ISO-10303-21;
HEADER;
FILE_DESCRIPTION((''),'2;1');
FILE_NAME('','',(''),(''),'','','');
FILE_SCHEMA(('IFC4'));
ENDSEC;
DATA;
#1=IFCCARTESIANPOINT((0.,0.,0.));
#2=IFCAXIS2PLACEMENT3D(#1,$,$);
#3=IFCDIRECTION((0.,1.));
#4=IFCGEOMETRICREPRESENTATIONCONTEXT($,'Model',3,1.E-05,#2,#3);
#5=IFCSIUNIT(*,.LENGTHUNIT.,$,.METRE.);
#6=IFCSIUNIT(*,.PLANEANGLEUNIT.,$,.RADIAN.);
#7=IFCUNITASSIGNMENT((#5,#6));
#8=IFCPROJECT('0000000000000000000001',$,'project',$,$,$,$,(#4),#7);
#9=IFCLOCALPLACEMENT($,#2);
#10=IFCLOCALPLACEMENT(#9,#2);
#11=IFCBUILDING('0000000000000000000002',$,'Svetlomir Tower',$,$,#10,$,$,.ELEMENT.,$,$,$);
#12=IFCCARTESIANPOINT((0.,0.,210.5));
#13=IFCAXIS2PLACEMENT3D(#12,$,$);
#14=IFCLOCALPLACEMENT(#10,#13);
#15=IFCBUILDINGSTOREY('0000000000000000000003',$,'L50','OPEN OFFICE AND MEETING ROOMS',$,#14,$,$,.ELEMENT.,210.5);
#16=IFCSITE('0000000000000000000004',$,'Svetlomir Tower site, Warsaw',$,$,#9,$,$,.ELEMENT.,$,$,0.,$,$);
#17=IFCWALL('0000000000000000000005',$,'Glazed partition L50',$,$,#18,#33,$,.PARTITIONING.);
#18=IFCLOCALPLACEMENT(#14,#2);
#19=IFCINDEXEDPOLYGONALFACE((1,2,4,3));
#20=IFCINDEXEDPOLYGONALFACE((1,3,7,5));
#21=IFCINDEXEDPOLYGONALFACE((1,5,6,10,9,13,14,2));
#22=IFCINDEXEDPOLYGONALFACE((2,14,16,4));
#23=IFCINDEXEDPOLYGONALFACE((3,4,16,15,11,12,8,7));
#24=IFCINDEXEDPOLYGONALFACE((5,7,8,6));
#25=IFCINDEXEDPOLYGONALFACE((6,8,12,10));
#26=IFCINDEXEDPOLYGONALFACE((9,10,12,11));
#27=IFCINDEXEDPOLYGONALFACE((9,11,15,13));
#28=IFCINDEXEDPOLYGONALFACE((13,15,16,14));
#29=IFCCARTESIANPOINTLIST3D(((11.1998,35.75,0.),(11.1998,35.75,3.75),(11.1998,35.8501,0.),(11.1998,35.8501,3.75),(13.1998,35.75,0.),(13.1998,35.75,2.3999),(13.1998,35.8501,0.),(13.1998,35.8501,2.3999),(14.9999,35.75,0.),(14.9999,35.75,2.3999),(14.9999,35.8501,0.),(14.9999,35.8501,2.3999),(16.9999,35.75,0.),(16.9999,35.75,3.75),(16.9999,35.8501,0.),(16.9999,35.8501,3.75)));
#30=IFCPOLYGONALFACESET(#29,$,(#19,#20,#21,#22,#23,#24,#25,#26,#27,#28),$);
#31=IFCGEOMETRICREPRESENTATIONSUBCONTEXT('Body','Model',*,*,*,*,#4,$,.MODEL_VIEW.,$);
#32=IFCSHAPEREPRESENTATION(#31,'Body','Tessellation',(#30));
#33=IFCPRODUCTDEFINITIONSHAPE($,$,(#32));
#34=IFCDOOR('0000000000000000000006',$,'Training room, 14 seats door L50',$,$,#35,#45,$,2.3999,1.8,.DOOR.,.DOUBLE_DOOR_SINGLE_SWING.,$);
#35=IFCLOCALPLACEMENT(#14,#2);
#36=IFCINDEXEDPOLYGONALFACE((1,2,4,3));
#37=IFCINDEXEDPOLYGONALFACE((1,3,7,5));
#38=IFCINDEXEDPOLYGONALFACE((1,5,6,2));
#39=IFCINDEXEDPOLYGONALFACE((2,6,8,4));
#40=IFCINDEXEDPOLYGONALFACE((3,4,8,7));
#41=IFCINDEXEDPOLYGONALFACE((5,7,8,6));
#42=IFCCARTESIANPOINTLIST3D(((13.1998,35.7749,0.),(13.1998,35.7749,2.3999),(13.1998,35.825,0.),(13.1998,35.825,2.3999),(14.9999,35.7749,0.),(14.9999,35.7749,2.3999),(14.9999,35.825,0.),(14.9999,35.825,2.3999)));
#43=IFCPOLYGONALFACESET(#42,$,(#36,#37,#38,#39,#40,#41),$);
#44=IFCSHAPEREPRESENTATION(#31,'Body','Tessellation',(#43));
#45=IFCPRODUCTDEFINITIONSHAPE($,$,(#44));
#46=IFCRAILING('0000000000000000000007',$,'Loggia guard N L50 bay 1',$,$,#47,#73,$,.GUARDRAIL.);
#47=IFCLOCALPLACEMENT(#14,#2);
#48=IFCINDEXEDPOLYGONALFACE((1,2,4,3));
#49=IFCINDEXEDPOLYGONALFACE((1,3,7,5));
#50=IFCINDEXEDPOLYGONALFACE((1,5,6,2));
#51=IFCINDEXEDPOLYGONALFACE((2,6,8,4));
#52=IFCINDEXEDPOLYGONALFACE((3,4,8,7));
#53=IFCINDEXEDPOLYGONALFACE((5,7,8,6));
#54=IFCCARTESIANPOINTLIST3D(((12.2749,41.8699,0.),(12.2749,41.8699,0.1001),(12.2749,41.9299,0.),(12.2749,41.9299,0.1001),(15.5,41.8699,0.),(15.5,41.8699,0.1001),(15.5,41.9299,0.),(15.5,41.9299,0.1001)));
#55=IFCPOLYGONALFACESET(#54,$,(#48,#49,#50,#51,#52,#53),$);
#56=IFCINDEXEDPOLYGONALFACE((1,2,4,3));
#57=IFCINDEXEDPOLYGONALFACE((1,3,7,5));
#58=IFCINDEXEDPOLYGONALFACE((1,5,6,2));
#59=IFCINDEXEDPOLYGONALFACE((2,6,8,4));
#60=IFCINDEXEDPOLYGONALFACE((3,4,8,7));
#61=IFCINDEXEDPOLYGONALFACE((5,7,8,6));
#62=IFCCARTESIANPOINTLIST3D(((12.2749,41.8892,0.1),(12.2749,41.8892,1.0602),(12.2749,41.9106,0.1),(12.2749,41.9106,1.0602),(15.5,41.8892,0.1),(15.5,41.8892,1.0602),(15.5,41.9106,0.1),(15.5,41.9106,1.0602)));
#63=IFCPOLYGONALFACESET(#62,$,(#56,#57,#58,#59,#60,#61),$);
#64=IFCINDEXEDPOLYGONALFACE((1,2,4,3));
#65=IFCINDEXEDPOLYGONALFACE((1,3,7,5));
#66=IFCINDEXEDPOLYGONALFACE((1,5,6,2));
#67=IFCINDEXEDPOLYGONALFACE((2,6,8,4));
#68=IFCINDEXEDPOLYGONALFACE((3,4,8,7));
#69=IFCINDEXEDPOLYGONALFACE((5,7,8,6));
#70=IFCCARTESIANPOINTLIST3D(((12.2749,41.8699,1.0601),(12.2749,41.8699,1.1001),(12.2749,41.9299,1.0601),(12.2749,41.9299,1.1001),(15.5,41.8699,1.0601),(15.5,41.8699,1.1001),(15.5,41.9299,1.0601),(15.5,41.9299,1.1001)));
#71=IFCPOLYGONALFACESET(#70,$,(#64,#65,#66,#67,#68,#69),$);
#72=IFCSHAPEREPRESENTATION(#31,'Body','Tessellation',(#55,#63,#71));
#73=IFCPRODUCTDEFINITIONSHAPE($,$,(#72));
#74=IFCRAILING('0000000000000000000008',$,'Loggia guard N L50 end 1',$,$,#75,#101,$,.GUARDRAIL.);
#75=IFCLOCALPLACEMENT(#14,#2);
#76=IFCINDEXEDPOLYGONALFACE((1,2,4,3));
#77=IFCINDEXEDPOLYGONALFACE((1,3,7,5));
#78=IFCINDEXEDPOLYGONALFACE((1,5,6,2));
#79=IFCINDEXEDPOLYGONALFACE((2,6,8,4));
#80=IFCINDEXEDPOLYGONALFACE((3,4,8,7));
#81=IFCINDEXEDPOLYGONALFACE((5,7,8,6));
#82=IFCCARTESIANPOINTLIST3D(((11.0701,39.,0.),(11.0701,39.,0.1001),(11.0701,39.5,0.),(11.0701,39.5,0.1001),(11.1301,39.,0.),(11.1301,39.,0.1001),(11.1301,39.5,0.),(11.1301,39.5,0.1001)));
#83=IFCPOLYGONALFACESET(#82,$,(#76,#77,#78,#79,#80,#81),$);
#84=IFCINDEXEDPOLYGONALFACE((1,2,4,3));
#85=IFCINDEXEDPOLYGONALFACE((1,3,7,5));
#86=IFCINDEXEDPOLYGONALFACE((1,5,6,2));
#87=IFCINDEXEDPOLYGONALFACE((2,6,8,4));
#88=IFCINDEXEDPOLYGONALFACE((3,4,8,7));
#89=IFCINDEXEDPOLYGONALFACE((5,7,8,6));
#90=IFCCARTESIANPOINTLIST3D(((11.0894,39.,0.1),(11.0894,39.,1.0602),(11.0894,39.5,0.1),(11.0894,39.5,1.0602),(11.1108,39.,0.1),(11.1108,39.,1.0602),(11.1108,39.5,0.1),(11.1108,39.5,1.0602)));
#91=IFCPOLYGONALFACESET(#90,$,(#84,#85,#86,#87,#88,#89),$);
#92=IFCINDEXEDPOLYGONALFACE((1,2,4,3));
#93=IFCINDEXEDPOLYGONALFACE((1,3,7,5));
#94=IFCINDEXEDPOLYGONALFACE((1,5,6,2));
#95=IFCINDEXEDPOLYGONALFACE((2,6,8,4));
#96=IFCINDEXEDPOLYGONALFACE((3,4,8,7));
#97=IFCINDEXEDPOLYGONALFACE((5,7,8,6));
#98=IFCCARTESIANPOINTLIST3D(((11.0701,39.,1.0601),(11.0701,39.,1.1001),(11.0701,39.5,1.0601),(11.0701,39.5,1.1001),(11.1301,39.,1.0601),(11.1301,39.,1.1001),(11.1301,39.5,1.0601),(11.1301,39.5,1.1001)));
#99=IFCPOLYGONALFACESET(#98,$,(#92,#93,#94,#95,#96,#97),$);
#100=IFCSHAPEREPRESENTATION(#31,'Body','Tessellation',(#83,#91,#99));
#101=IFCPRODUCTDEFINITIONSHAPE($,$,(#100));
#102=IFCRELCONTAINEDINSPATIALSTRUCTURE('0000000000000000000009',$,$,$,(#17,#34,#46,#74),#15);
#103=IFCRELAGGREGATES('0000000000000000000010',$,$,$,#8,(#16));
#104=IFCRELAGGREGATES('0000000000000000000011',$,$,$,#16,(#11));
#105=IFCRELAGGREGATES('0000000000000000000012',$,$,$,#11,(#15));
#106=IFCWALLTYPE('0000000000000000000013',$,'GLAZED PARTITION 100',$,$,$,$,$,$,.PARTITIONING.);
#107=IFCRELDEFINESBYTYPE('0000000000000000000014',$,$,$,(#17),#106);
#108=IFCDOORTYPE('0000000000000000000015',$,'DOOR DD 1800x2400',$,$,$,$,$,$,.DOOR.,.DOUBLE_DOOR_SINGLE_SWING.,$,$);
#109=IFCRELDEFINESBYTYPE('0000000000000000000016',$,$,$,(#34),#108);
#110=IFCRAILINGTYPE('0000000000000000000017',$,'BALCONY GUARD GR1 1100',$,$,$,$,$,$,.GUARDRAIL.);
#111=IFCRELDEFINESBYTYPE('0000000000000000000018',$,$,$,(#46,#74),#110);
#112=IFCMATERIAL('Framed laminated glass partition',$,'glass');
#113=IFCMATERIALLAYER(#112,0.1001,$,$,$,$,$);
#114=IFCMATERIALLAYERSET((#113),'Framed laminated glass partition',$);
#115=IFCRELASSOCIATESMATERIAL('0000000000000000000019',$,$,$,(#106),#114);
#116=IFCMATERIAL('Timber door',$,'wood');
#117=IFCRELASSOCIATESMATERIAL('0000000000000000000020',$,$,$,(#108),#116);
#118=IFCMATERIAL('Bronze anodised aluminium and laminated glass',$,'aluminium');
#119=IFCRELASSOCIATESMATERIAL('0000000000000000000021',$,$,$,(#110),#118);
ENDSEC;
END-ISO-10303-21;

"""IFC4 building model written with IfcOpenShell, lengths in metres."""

from ifc_helpers import new_model, si_unit, direction, frame, frame_2d, origin, origin_2d, place, context, subcontext, project, spatial, rectangle, extrude, material, layer, layer_set, type_object, element, fill, save


model = new_model("IFC4")

# Units and contexts
model_context = context("Model", 3, precision=1e-05, world=origin(), true_north=direction((0.0, 1.0)))
body_context = subcontext(model_context, "Body", "Model", "MODEL_VIEW")
ifc_project = project(units=[si_unit("LENGTHUNIT", "METRE"), si_unit("PLANEANGLEUNIT", "RADIAN")], contexts=[model_context])

# Site, building, storey
site_placement = place(None, origin())
site = spatial("IfcSite", under=ifc_project, at=site_placement, Name="Svetlomir Tower site, Warsaw", CompositionType="ELEMENT", RefElevation=0.0)
building_placement = place(site_placement, origin())
building = spatial("IfcBuilding", under=site, at=building_placement, Name="Svetlomir Tower", CompositionType="ELEMENT")
storey_placement = place(building_placement, frame((0.0, 0.0, 210.5)))
storey = spatial("IfcBuildingStorey", under=building, at=storey_placement, Name="L50", Description="OPEN OFFICE AND MEETING ROOMS", CompositionType="ELEMENT", Elevation=210.5)

# Wall, opening, door
ifc_material_1 = material(Name="Framed laminated glass partition", Category="glass")
ifc_layer_1 = layer(ifc_material_1, 0.1001)
ifc_layer_set_1 = layer_set([ifc_layer_1], Name="Framed laminated glass partition")
wall_type = type_object("IfcWallType", Name="GLAZED PARTITION 100", PredefinedType="PARTITIONING", material=ifc_layer_set_1)
wall_placement = place(storey_placement, frame((11.2, 35.8, 0.0), z_axis=(0.0, 0.0, 1.0), x_axis=(1.0, 0.0, 0.0)))
wall = element("IfcWall", 1, at=wall_placement, inside=storey, type_object=wall_type, Name="Glazed partition L50", PredefinedType="PARTITIONING", context=body_context, shape_type="SweptSolid", body=[
    extrude(rectangle(XDim=5.8, YDim=0.1001, at=frame_2d((2.8999, 0.0))), origin(), (0.0, 0.0, 1.0), 3.75),
])
opening_placement = place(wall_placement, frame((2.0, 0.0, 0.0)))
opening = element("IfcOpeningElement", 2, at=opening_placement, cuts=wall, PredefinedType="OPENING", context=body_context, shape_type="SweptSolid", body=[
    extrude(rectangle(XDim=1.8, YDim=2.3999, at=frame_2d((0.8999, 1.2))), frame((0.0, 0.0601, 0.0), z_axis=(0.0, -1.0, 0.0), x_axis=(1.0, 0.0, 0.0)), (0.0, 0.0, 1.0), 0.1201),
])
ifc_material_2 = material(Name="Timber door", Category="wood")
door_type = type_object("IfcDoorType", Name="DOOR DD 1800x2400", OperationType="DOUBLE_DOOR_SINGLE_SWING", PredefinedType="DOOR", material=ifc_material_2)
door_placement = place(opening_placement, origin())
door = element("IfcDoor", 3, at=door_placement, inside=storey, type_object=door_type, Name="Training room, 14 seats door L50", OperationType="DOUBLE_DOOR_SINGLE_SWING", OverallHeight=2.3999, OverallWidth=1.8, PredefinedType="DOOR", context=body_context, shape_type="SweptSolid", body=[
    extrude(rectangle(XDim=1.8, YDim=2.3999, at=frame_2d((0.8999, 1.2))), frame((0.0, 0.0249, 0.0), z_axis=(0.0, -1.0, 0.0), x_axis=(1.0, 0.0, 0.0)), (0.0, 0.0, 1.0), 0.05),
])
fill(opening, door)

# Railings
ifc_material_3 = material(Name="Bronze anodised aluminium and laminated glass", Category="aluminium")
railing_type = type_object("IfcRailingType", Name="BALCONY GUARD GR1 1100", PredefinedType="GUARDRAIL", material=ifc_material_3)
railing_1_placement = place(storey_placement, frame((12.2749, 41.8999, 0.0)))
element("IfcRailing", 4, at=railing_1_placement, inside=storey, type_object=railing_type, Name="Loggia guard N L50 bay 1", PredefinedType="GUARDRAIL", context=body_context, shape_type="SweptSolid", body=[
    extrude(rectangle(XDim=0.0601, YDim=0.1001, at=origin_2d()), frame((0.0, 0.0, 0.05), z_axis=(1.0, 0.0, 0.0), x_axis=(0.0, 1.0, 0.0)), (0.0, 0.0, 1.0), 3.2251),
    extrude(rectangle(XDim=0.0215, YDim=0.9602, at=origin_2d()), frame((0.0, 0.0, 0.5801), z_axis=(1.0, 0.0, 0.0), x_axis=(0.0, 1.0, 0.0)), (0.0, 0.0, 1.0), 3.2251),
    extrude(rectangle(XDim=0.0601, YDim=0.04, at=origin_2d()), frame((0.0, 0.0, 1.0801), z_axis=(1.0, 0.0, 0.0), x_axis=(0.0, 1.0, 0.0)), (0.0, 0.0, 1.0), 3.2251),
])
railing_2_placement = place(storey_placement, frame((11.1001, 39.5, 0.0)))
element("IfcRailing", 5, at=railing_2_placement, inside=storey, type_object=railing_type, Name="Loggia guard N L50 end 1", PredefinedType="GUARDRAIL", context=body_context, shape_type="SweptSolid", body=[
    extrude(rectangle(XDim=0.0601, YDim=0.1001, at=origin_2d()), frame((0.0, 0.0, 0.05), z_axis=(0.0, -1.0, 0.0), x_axis=(1.0, 0.0, 0.0)), (0.0, 0.0, 1.0), 0.5),
    extrude(rectangle(XDim=0.0215, YDim=0.9602, at=origin_2d()), frame((0.0, 0.0, 0.5801), z_axis=(0.0, -1.0, 0.0), x_axis=(1.0, 0.0, 0.0)), (0.0, 0.0, 1.0), 0.5),
    extrude(rectangle(XDim=0.0601, YDim=0.04, at=origin_2d()), frame((0.0, 0.0, 1.0801), z_axis=(0.0, -1.0, 0.0), x_axis=(1.0, 0.0, 0.0)), (0.0, 0.0, 1.0), 0.5),
])

save(model, "model.ifc")
